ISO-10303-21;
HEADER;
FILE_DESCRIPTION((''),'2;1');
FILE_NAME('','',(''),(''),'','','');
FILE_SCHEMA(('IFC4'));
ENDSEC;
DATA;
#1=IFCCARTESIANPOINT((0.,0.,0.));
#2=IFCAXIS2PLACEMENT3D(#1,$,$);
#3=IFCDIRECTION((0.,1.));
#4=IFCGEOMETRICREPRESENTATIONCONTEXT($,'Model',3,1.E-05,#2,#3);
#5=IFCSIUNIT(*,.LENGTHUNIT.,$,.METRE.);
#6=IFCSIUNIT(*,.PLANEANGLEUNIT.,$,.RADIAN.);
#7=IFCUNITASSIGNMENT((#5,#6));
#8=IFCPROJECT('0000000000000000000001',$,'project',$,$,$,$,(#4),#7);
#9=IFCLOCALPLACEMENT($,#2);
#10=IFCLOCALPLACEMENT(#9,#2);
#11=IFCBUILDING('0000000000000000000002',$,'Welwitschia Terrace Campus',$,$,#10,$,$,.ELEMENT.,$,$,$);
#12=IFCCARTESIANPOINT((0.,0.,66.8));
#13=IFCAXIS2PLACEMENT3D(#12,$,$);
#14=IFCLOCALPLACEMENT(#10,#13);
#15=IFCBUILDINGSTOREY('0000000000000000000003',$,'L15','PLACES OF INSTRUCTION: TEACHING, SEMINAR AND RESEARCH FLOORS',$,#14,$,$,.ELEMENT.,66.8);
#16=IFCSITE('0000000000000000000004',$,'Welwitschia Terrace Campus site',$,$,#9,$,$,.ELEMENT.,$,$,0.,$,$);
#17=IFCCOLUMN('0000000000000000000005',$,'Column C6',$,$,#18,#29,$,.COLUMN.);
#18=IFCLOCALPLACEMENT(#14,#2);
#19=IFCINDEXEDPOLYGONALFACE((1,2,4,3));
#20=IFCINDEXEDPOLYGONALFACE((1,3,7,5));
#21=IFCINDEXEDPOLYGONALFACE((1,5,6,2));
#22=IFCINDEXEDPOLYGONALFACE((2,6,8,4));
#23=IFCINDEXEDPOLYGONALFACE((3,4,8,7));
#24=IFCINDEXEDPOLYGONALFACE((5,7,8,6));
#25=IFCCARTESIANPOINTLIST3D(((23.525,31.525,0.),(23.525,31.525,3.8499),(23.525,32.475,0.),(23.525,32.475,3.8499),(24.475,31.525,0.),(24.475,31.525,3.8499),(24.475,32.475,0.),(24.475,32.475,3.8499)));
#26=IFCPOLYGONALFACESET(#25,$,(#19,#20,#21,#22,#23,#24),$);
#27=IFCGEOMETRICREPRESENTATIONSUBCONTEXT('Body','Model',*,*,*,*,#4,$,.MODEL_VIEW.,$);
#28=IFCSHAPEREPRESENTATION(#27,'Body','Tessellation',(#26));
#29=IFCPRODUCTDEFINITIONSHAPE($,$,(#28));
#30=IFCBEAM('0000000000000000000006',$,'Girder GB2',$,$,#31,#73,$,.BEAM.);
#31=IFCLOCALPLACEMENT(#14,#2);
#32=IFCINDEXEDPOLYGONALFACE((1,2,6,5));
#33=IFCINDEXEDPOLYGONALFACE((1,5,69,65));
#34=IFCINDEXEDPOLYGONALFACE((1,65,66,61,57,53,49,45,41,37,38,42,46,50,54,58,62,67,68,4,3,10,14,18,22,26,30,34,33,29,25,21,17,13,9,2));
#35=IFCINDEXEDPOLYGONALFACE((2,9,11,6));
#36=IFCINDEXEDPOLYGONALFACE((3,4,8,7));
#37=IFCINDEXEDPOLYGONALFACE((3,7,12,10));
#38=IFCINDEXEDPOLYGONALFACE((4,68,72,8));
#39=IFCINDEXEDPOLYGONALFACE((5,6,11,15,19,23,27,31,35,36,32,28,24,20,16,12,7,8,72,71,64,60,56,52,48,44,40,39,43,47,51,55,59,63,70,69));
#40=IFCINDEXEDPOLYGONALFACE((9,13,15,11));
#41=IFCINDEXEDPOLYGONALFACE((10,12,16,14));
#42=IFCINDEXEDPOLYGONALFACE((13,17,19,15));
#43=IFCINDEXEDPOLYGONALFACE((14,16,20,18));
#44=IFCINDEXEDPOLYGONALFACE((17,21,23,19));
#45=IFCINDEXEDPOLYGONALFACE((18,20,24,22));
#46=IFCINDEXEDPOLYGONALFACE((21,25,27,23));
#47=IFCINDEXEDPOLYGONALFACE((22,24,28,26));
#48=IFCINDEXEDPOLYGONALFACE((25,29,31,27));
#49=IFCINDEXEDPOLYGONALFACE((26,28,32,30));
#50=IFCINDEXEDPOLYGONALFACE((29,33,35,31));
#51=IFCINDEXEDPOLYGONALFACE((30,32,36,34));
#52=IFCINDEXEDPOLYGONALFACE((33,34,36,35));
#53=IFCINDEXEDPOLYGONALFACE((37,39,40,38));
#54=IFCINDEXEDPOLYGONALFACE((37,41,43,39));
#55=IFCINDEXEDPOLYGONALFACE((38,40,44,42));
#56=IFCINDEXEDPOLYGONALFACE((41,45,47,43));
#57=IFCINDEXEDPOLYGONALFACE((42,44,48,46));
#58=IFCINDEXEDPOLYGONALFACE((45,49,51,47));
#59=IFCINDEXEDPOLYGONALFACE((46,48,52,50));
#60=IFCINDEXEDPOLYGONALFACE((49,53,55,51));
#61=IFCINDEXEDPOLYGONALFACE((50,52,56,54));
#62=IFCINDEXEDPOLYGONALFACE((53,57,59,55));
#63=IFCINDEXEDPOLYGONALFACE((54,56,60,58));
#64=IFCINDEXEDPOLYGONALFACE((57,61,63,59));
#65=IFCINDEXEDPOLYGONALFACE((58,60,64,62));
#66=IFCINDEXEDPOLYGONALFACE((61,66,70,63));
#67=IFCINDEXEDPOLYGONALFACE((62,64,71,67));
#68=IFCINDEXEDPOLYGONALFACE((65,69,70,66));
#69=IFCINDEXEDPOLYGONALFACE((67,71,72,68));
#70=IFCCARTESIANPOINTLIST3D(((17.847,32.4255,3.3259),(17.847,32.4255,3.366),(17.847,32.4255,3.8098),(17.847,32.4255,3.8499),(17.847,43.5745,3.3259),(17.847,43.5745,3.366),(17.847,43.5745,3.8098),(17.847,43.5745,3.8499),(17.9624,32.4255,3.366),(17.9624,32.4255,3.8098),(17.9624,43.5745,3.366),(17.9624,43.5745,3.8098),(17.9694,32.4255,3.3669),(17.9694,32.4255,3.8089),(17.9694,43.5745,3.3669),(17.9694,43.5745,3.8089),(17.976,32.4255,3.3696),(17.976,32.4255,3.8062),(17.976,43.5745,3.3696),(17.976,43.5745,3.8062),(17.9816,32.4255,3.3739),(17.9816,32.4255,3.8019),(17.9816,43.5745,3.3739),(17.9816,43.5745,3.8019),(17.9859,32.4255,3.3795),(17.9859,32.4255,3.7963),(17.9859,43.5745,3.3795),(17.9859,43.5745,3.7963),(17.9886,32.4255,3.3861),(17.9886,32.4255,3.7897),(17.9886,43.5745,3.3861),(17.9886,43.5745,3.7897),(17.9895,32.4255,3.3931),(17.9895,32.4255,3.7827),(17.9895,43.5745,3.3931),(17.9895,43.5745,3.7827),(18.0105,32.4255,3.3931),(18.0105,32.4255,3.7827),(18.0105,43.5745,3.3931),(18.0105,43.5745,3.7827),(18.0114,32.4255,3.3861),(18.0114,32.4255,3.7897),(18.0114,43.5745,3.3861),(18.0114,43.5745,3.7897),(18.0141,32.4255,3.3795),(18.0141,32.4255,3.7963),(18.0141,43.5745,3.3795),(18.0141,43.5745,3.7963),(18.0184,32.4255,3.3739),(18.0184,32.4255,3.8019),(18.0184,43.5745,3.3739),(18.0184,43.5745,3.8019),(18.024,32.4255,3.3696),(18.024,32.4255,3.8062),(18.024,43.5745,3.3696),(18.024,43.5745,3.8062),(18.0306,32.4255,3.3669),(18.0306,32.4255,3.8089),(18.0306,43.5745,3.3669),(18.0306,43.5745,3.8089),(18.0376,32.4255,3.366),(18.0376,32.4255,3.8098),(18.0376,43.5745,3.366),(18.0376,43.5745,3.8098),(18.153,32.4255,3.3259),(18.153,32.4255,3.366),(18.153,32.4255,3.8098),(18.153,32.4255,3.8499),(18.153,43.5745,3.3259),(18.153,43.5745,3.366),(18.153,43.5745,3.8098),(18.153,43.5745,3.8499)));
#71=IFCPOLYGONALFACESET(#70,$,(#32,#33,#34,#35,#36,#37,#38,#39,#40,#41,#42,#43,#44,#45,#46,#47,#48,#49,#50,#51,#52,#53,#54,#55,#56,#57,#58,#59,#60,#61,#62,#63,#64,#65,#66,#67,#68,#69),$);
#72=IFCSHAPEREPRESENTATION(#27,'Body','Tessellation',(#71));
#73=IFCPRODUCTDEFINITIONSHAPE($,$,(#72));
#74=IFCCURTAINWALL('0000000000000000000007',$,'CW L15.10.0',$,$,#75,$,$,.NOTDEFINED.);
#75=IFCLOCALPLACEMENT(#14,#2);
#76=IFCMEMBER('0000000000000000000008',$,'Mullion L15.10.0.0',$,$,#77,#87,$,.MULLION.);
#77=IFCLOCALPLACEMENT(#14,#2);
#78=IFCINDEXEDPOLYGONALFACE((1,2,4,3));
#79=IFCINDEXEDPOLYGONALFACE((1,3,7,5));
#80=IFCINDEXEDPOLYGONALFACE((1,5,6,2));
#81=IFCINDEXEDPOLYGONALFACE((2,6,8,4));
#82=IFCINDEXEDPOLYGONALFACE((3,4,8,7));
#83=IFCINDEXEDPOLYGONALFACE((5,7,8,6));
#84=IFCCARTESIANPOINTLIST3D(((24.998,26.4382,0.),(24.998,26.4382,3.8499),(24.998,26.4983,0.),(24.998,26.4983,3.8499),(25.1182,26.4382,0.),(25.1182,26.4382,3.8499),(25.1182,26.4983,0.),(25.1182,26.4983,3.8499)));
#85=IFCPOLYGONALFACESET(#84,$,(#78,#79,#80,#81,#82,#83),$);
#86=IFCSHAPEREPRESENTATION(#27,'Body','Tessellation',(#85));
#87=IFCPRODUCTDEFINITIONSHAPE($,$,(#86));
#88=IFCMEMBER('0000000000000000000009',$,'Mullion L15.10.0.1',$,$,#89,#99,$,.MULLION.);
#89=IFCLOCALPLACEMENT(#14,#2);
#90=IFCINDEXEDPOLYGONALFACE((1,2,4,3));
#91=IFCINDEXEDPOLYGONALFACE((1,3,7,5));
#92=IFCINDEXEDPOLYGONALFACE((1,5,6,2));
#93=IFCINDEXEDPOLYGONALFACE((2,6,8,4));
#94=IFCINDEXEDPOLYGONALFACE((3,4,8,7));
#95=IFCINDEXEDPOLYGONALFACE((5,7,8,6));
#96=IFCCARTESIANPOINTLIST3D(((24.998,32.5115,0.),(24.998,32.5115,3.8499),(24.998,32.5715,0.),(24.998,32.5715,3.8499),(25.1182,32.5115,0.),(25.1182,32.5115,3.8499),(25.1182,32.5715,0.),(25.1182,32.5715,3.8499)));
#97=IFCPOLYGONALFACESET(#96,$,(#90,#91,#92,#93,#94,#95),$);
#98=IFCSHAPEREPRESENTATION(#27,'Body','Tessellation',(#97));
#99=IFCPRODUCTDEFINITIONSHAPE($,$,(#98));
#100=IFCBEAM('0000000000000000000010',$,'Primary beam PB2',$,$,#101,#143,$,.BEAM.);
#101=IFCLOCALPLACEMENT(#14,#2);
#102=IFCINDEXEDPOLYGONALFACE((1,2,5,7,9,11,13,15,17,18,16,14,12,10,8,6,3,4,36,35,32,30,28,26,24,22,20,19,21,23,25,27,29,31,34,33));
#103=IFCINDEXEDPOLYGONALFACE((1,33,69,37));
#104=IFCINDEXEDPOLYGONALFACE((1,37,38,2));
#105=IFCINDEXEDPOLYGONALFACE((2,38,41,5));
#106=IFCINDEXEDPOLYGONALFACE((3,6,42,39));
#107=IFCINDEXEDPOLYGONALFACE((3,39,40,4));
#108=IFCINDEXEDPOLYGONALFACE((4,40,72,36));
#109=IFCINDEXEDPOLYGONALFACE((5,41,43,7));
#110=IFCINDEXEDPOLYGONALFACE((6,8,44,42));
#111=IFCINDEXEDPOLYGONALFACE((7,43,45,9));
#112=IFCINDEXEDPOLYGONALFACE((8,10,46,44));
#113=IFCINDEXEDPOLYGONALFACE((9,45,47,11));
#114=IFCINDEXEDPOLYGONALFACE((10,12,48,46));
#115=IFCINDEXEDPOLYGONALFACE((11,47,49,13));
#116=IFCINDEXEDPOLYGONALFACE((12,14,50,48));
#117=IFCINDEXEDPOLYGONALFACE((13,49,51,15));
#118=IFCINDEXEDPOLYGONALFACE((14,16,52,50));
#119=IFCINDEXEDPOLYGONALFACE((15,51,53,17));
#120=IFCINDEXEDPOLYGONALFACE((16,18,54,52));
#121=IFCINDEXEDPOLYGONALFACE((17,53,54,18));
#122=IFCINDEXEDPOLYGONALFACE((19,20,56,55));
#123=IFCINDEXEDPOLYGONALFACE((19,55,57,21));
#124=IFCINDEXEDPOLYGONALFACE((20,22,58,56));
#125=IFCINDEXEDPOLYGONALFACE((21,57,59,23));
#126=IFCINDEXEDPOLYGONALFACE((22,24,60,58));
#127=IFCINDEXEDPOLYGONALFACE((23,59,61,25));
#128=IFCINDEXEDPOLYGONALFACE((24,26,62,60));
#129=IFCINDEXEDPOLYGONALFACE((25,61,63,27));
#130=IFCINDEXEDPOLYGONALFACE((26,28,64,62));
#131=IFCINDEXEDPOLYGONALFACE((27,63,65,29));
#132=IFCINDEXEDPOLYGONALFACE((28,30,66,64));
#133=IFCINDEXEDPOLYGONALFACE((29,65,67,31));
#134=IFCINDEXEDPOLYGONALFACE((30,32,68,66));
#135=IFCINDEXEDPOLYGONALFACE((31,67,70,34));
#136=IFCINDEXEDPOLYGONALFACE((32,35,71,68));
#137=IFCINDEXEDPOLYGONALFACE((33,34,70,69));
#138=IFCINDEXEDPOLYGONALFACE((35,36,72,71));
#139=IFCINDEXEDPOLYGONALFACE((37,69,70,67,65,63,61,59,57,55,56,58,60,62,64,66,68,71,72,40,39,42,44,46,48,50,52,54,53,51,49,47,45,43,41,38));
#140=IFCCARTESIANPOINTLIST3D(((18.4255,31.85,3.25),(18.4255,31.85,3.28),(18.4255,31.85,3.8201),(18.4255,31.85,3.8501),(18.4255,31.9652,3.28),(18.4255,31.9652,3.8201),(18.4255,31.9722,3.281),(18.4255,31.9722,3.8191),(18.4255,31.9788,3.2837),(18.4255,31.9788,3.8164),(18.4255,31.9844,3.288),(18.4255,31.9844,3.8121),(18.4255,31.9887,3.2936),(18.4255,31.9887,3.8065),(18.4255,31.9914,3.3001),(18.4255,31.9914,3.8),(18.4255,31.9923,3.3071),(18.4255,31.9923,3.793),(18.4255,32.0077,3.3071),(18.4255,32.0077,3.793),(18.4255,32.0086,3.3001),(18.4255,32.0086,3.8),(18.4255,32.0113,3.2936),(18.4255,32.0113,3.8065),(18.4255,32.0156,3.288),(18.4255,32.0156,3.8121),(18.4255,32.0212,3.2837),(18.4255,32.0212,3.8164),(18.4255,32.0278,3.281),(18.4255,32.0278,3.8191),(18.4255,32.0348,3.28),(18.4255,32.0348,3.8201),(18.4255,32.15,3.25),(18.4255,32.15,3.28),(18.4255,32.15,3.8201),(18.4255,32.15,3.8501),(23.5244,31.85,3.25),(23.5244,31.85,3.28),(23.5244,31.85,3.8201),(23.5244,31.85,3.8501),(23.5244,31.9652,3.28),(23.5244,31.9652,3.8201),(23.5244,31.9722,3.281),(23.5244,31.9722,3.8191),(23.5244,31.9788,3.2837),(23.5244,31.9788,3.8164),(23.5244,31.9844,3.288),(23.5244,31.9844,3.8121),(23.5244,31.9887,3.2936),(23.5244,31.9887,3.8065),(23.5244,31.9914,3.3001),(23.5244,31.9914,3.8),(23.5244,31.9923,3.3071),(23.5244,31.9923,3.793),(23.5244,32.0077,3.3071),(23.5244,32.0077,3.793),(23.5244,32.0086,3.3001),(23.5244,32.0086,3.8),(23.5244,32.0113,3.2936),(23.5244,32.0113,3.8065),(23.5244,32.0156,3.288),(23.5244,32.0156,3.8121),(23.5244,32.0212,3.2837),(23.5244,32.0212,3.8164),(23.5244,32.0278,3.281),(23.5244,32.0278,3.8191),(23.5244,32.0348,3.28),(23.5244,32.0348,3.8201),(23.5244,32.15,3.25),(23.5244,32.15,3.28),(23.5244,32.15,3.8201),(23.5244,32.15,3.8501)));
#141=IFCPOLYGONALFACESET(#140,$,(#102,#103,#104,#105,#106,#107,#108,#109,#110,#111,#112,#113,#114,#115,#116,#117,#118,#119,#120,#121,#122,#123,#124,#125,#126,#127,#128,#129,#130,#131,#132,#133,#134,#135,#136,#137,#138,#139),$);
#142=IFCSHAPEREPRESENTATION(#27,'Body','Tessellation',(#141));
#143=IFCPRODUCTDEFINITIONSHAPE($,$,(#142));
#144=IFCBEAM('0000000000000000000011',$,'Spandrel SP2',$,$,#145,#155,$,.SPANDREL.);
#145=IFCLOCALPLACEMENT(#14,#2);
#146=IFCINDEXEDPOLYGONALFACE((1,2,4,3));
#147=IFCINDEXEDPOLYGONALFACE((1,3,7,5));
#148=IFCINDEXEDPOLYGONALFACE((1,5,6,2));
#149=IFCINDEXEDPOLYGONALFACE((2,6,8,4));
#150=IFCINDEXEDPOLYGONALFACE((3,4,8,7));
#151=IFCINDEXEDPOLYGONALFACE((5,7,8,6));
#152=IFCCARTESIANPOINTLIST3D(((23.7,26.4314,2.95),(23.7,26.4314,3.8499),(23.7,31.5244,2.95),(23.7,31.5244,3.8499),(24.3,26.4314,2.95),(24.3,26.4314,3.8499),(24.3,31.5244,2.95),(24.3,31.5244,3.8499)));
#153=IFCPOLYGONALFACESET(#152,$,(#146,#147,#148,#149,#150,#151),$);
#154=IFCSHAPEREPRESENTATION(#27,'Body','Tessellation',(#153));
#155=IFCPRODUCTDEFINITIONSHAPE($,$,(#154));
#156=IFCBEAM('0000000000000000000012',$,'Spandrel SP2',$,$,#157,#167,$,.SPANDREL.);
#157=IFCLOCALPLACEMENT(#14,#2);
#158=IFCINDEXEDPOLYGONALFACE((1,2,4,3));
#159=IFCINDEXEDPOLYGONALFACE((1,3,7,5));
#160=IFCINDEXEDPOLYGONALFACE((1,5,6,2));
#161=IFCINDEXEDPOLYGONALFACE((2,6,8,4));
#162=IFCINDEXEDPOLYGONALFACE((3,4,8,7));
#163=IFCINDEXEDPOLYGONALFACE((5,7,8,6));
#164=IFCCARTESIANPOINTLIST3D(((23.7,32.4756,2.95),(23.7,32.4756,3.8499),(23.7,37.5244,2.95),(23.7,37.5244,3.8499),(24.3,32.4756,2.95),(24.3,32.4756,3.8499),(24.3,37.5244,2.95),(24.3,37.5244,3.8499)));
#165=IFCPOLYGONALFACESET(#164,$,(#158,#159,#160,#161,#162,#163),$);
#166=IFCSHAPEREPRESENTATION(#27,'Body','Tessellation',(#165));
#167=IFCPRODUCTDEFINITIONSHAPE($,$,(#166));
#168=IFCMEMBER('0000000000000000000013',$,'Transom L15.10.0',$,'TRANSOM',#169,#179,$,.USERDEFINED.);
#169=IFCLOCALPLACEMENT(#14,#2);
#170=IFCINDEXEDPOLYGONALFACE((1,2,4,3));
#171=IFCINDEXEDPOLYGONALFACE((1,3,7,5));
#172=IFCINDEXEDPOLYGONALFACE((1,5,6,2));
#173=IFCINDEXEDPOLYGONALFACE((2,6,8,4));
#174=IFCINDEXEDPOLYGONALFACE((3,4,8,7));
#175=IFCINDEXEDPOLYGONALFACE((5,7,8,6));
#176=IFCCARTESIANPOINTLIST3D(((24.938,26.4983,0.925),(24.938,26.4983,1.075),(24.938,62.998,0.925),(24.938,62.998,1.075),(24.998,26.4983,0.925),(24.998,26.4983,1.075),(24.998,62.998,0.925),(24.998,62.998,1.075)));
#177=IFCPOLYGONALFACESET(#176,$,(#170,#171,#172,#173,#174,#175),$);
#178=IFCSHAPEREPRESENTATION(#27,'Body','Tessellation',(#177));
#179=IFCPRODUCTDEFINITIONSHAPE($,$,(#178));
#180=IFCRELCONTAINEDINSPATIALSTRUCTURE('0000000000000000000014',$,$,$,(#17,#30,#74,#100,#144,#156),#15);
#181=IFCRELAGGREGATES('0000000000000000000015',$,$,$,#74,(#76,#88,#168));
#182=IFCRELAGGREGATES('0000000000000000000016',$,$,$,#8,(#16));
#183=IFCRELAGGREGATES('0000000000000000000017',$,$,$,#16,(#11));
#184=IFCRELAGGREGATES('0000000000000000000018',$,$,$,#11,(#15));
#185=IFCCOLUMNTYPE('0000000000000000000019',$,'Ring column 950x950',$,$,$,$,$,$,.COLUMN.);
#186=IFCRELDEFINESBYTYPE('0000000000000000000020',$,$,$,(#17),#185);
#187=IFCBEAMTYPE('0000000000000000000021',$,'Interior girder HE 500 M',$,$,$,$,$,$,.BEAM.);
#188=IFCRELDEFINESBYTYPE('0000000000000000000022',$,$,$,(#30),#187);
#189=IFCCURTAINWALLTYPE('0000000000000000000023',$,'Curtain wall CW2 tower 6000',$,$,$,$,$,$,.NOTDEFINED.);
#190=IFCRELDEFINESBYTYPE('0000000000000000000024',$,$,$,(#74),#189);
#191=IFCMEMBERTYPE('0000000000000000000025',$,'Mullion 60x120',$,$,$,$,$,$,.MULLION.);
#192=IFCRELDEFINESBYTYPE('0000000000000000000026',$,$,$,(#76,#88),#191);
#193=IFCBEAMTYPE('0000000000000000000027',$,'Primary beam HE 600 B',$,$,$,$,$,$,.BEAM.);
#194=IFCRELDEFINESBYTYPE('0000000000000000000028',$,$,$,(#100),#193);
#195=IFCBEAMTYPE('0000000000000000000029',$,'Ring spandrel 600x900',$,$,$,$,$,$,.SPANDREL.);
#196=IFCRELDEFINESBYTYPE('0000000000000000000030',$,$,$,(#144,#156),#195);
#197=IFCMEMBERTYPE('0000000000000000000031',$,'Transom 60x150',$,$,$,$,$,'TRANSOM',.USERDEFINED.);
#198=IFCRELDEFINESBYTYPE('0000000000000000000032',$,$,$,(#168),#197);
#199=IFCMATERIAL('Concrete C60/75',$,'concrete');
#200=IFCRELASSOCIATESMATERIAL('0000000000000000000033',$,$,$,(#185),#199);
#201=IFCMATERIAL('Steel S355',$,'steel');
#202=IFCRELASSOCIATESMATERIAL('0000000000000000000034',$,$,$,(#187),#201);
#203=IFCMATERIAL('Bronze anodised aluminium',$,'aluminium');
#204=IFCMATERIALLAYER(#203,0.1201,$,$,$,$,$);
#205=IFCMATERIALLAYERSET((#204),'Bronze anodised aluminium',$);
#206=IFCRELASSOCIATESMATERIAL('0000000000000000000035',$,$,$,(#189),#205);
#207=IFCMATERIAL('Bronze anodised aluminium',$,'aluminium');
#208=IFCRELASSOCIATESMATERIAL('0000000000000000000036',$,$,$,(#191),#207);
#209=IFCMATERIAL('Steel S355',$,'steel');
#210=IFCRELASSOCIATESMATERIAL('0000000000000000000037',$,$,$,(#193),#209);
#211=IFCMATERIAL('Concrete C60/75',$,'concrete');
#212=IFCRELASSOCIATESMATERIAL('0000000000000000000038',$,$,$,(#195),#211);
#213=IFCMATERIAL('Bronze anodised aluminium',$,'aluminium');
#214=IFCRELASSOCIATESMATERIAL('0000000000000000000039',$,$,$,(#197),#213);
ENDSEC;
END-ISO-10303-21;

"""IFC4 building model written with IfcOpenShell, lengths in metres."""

from ifc_helpers import new_model, si_unit, direction, frame, origin, origin_2d, place, context, subcontext, project, spatial, rectangle, i_section, extrude, material, layer, layer_set, material_profile, profile_set, type_object, element, aggregate, save


model = new_model("IFC4")

# Units and contexts
model_context = context("Model", 3, precision=1e-05, world=origin(), true_north=direction((0.0, 1.0)))
body_context = subcontext(model_context, "Body", "Model", "MODEL_VIEW")
ifc_project = project(units=[si_unit("LENGTHUNIT", "METRE"), si_unit("PLANEANGLEUNIT", "RADIAN")], contexts=[model_context])

# Site, building, storey
site_placement = place(None, origin())
site = spatial("IfcSite", under=ifc_project, at=site_placement, Name="Welwitschia Terrace Campus site", CompositionType="ELEMENT", RefElevation=0.0)
building_placement = place(site_placement, origin())
building = spatial("IfcBuilding", under=site, at=building_placement, Name="Welwitschia Terrace Campus", CompositionType="ELEMENT")
storey_placement = place(building_placement, frame((0.0, 0.0, 66.8)))
storey = spatial("IfcBuildingStorey", under=building, at=storey_placement, Name="L15", Description="PLACES OF INSTRUCTION: TEACHING, SEMINAR AND RESEARCH FLOORS", CompositionType="ELEMENT", Elevation=66.8)

# Column
ifc_material_1 = material(Name="Concrete C60/75", Category="concrete")
ifc_material_profile_1 = material_profile(ifc_material_1, rectangle(XDim=0.95, YDim=0.95, at=origin_2d()))
ifc_profile_set_1 = profile_set([ifc_material_profile_1], Name="Concrete C60/75")
column_type = type_object("IfcColumnType", Name="Ring column 950x950", PredefinedType="COLUMN", material=ifc_profile_set_1)
column_placement = place(storey_placement, frame((24.0, 32.0, 0.0), z_axis=(0.0, 0.0, 1.0), x_axis=(1.0, 0.0, 0.0)))
element("IfcColumn", 1, at=column_placement, inside=storey, type_object=column_type, Name="Column C6", PredefinedType="COLUMN", context=body_context, shape_type="SweptSolid", body=[
    extrude(rectangle(XDim=0.95, YDim=0.95, at=origin_2d()), origin(), (0.0, 0.0, 1.0), 3.8499),
])

# Beam
ifc_material_2 = material(Name="Steel S355", Category="steel")
ifc_material_profile_2 = material_profile(ifc_material_2, i_section(OverallWidth=0.3059, OverallDepth=0.5239, WebThickness=0.021, FlangeThickness=0.04, FilletRadius=0.0271, at=origin_2d()))
ifc_profile_set_2 = profile_set([ifc_material_profile_2], Name="Steel S355")
beam_type_1 = type_object("IfcBeamType", Name="Interior girder HE 500 M", PredefinedType="BEAM", material=ifc_profile_set_2)
beam_1_placement = place(storey_placement, frame((18.0, 32.4255, 3.5879), z_axis=(0.0, 1.0, 0.0), x_axis=(-1.0, 0.0, 0.0)))
element("IfcBeam", 2, at=beam_1_placement, inside=storey, type_object=beam_type_1, Name="Girder GB2", PredefinedType="BEAM", context=body_context, shape_type="SweptSolid", body=[
    extrude(i_section(OverallWidth=0.3059, OverallDepth=0.5239, WebThickness=0.021, FlangeThickness=0.04, FilletRadius=0.0271, at=origin_2d()), origin(), (0.0, 0.0, 1.0), 11.1489),
])

# Curtain wall, members
ifc_material_3 = material(Name="Bronze anodised aluminium", Category="aluminium")
ifc_layer_1 = layer(ifc_material_3, 0.1201)
ifc_layer_set_1 = layer_set([ifc_layer_1], Name="Bronze anodised aluminium")
curtain_wall_type = type_object("IfcCurtainWallType", Name="Curtain wall CW2 tower 6000", PredefinedType="NOTDEFINED", material=ifc_layer_set_1)
curtain_wall_placement = place(storey_placement, origin())
curtain_wall = element("IfcCurtainWall", 3, at=curtain_wall_placement, inside=storey, type_object=curtain_wall_type, Name="CW L15.10.0", PredefinedType="NOTDEFINED")
ifc_material_4 = material(Name="Bronze anodised aluminium", Category="aluminium")
ifc_material_profile_3 = material_profile(ifc_material_4, rectangle(XDim=0.1201, YDim=0.0601, at=origin_2d()))
ifc_profile_set_3 = profile_set([ifc_material_profile_3], Name="Bronze anodised aluminium")
member_type_1 = type_object("IfcMemberType", Name="Mullion 60x120", PredefinedType="MULLION", material=ifc_profile_set_3)
member_1_placement = place(storey_placement, frame((25.0581, 26.4683, 0.0), z_axis=(0.0, 0.0, 1.0), x_axis=(-1.0, 0.0, 0.0)))
member_1 = element("IfcMember", 4, at=member_1_placement, type_object=member_type_1, Name="Mullion L15.10.0.0", PredefinedType="MULLION", context=body_context, shape_type="SweptSolid", body=[
    extrude(rectangle(XDim=0.1201, YDim=0.0601, at=origin_2d()), origin(), (0.0, 0.0, 1.0), 3.8499),
])
member_2_placement = place(storey_placement, frame((25.0581, 32.5415, 0.0), z_axis=(0.0, 0.0, 1.0), x_axis=(-1.0, 0.0, 0.0)))
member_2 = element("IfcMember", 5, at=member_2_placement, type_object=member_type_1, Name="Mullion L15.10.0.1", PredefinedType="MULLION", context=body_context, shape_type="SweptSolid", body=[
    extrude(rectangle(XDim=0.1201, YDim=0.0601, at=origin_2d()), origin(), (0.0, 0.0, 1.0), 3.8499),
])

# Beams
ifc_material_5 = material(Name="Steel S355", Category="steel")
ifc_material_profile_4 = material_profile(ifc_material_5, i_section(OverallWidth=0.3, OverallDepth=0.6001, WebThickness=0.0154, FlangeThickness=0.03, FilletRadius=0.0271, at=origin_2d()))
ifc_profile_set_4 = profile_set([ifc_material_profile_4], Name="Steel S355")
beam_type_2 = type_object("IfcBeamType", Name="Primary beam HE 600 B", PredefinedType="BEAM", material=ifc_profile_set_4)
beam_2_placement = place(storey_placement, frame((23.5244, 32.0, 3.55), z_axis=(-1.0, 0.0, 0.0), x_axis=(0.0, -1.0, 0.0)))
element("IfcBeam", 6, at=beam_2_placement, inside=storey, type_object=beam_type_2, Name="Primary beam PB2", PredefinedType="BEAM", context=body_context, shape_type="SweptSolid", body=[
    extrude(i_section(OverallWidth=0.3, OverallDepth=0.6001, WebThickness=0.0154, FlangeThickness=0.03, FilletRadius=0.0271, at=origin_2d()), origin(), (0.0, 0.0, 1.0), 5.0989),
])
ifc_material_6 = material(Name="Concrete C60/75", Category="concrete")
ifc_material_profile_5 = material_profile(ifc_material_6, rectangle(XDim=0.6001, YDim=0.8999, at=origin_2d()))
ifc_profile_set_5 = profile_set([ifc_material_profile_5], Name="Concrete C60/75")
beam_type_3 = type_object("IfcBeamType", Name="Ring spandrel 600x900", PredefinedType="SPANDREL", material=ifc_profile_set_5)
beam_3_placement = place(storey_placement, frame((24.0, 26.4314, 3.3999), z_axis=(0.0, 1.0, 0.0), x_axis=(-1.0, 0.0, 0.0)))
element("IfcBeam", 7, at=beam_3_placement, inside=storey, type_object=beam_type_3, Name="Spandrel SP2", PredefinedType="SPANDREL", context=body_context, shape_type="SweptSolid", body=[
    extrude(rectangle(XDim=0.6001, YDim=0.8999, at=origin_2d()), origin(), (0.0, 0.0, 1.0), 5.093),
])
beam_4_placement = place(storey_placement, frame((24.0, 32.4756, 3.3999), z_axis=(0.0, 1.0, 0.0), x_axis=(-1.0, 0.0, 0.0)))
element("IfcBeam", 8, at=beam_4_placement, inside=storey, type_object=beam_type_3, Name="Spandrel SP2", PredefinedType="SPANDREL", context=body_context, shape_type="SweptSolid", body=[
    extrude(rectangle(XDim=0.6001, YDim=0.8999, at=origin_2d()), origin(), (0.0, 0.0, 1.0), 5.0488),
])

# Member
ifc_material_7 = material(Name="Bronze anodised aluminium", Category="aluminium")
ifc_material_profile_6 = material_profile(ifc_material_7, rectangle(XDim=0.0601, YDim=0.1499, at=origin_2d()))
ifc_profile_set_6 = profile_set([ifc_material_profile_6], Name="Bronze anodised aluminium")
member_type_2 = type_object("IfcMemberType", Name="Transom 60x150", ElementType="TRANSOM", PredefinedType="USERDEFINED", material=ifc_profile_set_6)
member_3_placement = place(storey_placement, frame((24.968, 26.4983, 1.0), z_axis=(0.0, 1.0, 0.0), x_axis=(-1.0, 0.0, 0.0)))
member_3 = element("IfcMember", 9, at=member_3_placement, type_object=member_type_2, Name="Transom L15.10.0", ObjectType="TRANSOM", PredefinedType="USERDEFINED", context=body_context, shape_type="SweptSolid", body=[
    extrude(rectangle(XDim=0.0601, YDim=0.1499, at=origin_2d()), origin(), (0.0, 0.0, 1.0), 36.4998),
])

aggregate(curtain_wall, [member_1, member_2, member_3])

save(model, "model.ifc")
